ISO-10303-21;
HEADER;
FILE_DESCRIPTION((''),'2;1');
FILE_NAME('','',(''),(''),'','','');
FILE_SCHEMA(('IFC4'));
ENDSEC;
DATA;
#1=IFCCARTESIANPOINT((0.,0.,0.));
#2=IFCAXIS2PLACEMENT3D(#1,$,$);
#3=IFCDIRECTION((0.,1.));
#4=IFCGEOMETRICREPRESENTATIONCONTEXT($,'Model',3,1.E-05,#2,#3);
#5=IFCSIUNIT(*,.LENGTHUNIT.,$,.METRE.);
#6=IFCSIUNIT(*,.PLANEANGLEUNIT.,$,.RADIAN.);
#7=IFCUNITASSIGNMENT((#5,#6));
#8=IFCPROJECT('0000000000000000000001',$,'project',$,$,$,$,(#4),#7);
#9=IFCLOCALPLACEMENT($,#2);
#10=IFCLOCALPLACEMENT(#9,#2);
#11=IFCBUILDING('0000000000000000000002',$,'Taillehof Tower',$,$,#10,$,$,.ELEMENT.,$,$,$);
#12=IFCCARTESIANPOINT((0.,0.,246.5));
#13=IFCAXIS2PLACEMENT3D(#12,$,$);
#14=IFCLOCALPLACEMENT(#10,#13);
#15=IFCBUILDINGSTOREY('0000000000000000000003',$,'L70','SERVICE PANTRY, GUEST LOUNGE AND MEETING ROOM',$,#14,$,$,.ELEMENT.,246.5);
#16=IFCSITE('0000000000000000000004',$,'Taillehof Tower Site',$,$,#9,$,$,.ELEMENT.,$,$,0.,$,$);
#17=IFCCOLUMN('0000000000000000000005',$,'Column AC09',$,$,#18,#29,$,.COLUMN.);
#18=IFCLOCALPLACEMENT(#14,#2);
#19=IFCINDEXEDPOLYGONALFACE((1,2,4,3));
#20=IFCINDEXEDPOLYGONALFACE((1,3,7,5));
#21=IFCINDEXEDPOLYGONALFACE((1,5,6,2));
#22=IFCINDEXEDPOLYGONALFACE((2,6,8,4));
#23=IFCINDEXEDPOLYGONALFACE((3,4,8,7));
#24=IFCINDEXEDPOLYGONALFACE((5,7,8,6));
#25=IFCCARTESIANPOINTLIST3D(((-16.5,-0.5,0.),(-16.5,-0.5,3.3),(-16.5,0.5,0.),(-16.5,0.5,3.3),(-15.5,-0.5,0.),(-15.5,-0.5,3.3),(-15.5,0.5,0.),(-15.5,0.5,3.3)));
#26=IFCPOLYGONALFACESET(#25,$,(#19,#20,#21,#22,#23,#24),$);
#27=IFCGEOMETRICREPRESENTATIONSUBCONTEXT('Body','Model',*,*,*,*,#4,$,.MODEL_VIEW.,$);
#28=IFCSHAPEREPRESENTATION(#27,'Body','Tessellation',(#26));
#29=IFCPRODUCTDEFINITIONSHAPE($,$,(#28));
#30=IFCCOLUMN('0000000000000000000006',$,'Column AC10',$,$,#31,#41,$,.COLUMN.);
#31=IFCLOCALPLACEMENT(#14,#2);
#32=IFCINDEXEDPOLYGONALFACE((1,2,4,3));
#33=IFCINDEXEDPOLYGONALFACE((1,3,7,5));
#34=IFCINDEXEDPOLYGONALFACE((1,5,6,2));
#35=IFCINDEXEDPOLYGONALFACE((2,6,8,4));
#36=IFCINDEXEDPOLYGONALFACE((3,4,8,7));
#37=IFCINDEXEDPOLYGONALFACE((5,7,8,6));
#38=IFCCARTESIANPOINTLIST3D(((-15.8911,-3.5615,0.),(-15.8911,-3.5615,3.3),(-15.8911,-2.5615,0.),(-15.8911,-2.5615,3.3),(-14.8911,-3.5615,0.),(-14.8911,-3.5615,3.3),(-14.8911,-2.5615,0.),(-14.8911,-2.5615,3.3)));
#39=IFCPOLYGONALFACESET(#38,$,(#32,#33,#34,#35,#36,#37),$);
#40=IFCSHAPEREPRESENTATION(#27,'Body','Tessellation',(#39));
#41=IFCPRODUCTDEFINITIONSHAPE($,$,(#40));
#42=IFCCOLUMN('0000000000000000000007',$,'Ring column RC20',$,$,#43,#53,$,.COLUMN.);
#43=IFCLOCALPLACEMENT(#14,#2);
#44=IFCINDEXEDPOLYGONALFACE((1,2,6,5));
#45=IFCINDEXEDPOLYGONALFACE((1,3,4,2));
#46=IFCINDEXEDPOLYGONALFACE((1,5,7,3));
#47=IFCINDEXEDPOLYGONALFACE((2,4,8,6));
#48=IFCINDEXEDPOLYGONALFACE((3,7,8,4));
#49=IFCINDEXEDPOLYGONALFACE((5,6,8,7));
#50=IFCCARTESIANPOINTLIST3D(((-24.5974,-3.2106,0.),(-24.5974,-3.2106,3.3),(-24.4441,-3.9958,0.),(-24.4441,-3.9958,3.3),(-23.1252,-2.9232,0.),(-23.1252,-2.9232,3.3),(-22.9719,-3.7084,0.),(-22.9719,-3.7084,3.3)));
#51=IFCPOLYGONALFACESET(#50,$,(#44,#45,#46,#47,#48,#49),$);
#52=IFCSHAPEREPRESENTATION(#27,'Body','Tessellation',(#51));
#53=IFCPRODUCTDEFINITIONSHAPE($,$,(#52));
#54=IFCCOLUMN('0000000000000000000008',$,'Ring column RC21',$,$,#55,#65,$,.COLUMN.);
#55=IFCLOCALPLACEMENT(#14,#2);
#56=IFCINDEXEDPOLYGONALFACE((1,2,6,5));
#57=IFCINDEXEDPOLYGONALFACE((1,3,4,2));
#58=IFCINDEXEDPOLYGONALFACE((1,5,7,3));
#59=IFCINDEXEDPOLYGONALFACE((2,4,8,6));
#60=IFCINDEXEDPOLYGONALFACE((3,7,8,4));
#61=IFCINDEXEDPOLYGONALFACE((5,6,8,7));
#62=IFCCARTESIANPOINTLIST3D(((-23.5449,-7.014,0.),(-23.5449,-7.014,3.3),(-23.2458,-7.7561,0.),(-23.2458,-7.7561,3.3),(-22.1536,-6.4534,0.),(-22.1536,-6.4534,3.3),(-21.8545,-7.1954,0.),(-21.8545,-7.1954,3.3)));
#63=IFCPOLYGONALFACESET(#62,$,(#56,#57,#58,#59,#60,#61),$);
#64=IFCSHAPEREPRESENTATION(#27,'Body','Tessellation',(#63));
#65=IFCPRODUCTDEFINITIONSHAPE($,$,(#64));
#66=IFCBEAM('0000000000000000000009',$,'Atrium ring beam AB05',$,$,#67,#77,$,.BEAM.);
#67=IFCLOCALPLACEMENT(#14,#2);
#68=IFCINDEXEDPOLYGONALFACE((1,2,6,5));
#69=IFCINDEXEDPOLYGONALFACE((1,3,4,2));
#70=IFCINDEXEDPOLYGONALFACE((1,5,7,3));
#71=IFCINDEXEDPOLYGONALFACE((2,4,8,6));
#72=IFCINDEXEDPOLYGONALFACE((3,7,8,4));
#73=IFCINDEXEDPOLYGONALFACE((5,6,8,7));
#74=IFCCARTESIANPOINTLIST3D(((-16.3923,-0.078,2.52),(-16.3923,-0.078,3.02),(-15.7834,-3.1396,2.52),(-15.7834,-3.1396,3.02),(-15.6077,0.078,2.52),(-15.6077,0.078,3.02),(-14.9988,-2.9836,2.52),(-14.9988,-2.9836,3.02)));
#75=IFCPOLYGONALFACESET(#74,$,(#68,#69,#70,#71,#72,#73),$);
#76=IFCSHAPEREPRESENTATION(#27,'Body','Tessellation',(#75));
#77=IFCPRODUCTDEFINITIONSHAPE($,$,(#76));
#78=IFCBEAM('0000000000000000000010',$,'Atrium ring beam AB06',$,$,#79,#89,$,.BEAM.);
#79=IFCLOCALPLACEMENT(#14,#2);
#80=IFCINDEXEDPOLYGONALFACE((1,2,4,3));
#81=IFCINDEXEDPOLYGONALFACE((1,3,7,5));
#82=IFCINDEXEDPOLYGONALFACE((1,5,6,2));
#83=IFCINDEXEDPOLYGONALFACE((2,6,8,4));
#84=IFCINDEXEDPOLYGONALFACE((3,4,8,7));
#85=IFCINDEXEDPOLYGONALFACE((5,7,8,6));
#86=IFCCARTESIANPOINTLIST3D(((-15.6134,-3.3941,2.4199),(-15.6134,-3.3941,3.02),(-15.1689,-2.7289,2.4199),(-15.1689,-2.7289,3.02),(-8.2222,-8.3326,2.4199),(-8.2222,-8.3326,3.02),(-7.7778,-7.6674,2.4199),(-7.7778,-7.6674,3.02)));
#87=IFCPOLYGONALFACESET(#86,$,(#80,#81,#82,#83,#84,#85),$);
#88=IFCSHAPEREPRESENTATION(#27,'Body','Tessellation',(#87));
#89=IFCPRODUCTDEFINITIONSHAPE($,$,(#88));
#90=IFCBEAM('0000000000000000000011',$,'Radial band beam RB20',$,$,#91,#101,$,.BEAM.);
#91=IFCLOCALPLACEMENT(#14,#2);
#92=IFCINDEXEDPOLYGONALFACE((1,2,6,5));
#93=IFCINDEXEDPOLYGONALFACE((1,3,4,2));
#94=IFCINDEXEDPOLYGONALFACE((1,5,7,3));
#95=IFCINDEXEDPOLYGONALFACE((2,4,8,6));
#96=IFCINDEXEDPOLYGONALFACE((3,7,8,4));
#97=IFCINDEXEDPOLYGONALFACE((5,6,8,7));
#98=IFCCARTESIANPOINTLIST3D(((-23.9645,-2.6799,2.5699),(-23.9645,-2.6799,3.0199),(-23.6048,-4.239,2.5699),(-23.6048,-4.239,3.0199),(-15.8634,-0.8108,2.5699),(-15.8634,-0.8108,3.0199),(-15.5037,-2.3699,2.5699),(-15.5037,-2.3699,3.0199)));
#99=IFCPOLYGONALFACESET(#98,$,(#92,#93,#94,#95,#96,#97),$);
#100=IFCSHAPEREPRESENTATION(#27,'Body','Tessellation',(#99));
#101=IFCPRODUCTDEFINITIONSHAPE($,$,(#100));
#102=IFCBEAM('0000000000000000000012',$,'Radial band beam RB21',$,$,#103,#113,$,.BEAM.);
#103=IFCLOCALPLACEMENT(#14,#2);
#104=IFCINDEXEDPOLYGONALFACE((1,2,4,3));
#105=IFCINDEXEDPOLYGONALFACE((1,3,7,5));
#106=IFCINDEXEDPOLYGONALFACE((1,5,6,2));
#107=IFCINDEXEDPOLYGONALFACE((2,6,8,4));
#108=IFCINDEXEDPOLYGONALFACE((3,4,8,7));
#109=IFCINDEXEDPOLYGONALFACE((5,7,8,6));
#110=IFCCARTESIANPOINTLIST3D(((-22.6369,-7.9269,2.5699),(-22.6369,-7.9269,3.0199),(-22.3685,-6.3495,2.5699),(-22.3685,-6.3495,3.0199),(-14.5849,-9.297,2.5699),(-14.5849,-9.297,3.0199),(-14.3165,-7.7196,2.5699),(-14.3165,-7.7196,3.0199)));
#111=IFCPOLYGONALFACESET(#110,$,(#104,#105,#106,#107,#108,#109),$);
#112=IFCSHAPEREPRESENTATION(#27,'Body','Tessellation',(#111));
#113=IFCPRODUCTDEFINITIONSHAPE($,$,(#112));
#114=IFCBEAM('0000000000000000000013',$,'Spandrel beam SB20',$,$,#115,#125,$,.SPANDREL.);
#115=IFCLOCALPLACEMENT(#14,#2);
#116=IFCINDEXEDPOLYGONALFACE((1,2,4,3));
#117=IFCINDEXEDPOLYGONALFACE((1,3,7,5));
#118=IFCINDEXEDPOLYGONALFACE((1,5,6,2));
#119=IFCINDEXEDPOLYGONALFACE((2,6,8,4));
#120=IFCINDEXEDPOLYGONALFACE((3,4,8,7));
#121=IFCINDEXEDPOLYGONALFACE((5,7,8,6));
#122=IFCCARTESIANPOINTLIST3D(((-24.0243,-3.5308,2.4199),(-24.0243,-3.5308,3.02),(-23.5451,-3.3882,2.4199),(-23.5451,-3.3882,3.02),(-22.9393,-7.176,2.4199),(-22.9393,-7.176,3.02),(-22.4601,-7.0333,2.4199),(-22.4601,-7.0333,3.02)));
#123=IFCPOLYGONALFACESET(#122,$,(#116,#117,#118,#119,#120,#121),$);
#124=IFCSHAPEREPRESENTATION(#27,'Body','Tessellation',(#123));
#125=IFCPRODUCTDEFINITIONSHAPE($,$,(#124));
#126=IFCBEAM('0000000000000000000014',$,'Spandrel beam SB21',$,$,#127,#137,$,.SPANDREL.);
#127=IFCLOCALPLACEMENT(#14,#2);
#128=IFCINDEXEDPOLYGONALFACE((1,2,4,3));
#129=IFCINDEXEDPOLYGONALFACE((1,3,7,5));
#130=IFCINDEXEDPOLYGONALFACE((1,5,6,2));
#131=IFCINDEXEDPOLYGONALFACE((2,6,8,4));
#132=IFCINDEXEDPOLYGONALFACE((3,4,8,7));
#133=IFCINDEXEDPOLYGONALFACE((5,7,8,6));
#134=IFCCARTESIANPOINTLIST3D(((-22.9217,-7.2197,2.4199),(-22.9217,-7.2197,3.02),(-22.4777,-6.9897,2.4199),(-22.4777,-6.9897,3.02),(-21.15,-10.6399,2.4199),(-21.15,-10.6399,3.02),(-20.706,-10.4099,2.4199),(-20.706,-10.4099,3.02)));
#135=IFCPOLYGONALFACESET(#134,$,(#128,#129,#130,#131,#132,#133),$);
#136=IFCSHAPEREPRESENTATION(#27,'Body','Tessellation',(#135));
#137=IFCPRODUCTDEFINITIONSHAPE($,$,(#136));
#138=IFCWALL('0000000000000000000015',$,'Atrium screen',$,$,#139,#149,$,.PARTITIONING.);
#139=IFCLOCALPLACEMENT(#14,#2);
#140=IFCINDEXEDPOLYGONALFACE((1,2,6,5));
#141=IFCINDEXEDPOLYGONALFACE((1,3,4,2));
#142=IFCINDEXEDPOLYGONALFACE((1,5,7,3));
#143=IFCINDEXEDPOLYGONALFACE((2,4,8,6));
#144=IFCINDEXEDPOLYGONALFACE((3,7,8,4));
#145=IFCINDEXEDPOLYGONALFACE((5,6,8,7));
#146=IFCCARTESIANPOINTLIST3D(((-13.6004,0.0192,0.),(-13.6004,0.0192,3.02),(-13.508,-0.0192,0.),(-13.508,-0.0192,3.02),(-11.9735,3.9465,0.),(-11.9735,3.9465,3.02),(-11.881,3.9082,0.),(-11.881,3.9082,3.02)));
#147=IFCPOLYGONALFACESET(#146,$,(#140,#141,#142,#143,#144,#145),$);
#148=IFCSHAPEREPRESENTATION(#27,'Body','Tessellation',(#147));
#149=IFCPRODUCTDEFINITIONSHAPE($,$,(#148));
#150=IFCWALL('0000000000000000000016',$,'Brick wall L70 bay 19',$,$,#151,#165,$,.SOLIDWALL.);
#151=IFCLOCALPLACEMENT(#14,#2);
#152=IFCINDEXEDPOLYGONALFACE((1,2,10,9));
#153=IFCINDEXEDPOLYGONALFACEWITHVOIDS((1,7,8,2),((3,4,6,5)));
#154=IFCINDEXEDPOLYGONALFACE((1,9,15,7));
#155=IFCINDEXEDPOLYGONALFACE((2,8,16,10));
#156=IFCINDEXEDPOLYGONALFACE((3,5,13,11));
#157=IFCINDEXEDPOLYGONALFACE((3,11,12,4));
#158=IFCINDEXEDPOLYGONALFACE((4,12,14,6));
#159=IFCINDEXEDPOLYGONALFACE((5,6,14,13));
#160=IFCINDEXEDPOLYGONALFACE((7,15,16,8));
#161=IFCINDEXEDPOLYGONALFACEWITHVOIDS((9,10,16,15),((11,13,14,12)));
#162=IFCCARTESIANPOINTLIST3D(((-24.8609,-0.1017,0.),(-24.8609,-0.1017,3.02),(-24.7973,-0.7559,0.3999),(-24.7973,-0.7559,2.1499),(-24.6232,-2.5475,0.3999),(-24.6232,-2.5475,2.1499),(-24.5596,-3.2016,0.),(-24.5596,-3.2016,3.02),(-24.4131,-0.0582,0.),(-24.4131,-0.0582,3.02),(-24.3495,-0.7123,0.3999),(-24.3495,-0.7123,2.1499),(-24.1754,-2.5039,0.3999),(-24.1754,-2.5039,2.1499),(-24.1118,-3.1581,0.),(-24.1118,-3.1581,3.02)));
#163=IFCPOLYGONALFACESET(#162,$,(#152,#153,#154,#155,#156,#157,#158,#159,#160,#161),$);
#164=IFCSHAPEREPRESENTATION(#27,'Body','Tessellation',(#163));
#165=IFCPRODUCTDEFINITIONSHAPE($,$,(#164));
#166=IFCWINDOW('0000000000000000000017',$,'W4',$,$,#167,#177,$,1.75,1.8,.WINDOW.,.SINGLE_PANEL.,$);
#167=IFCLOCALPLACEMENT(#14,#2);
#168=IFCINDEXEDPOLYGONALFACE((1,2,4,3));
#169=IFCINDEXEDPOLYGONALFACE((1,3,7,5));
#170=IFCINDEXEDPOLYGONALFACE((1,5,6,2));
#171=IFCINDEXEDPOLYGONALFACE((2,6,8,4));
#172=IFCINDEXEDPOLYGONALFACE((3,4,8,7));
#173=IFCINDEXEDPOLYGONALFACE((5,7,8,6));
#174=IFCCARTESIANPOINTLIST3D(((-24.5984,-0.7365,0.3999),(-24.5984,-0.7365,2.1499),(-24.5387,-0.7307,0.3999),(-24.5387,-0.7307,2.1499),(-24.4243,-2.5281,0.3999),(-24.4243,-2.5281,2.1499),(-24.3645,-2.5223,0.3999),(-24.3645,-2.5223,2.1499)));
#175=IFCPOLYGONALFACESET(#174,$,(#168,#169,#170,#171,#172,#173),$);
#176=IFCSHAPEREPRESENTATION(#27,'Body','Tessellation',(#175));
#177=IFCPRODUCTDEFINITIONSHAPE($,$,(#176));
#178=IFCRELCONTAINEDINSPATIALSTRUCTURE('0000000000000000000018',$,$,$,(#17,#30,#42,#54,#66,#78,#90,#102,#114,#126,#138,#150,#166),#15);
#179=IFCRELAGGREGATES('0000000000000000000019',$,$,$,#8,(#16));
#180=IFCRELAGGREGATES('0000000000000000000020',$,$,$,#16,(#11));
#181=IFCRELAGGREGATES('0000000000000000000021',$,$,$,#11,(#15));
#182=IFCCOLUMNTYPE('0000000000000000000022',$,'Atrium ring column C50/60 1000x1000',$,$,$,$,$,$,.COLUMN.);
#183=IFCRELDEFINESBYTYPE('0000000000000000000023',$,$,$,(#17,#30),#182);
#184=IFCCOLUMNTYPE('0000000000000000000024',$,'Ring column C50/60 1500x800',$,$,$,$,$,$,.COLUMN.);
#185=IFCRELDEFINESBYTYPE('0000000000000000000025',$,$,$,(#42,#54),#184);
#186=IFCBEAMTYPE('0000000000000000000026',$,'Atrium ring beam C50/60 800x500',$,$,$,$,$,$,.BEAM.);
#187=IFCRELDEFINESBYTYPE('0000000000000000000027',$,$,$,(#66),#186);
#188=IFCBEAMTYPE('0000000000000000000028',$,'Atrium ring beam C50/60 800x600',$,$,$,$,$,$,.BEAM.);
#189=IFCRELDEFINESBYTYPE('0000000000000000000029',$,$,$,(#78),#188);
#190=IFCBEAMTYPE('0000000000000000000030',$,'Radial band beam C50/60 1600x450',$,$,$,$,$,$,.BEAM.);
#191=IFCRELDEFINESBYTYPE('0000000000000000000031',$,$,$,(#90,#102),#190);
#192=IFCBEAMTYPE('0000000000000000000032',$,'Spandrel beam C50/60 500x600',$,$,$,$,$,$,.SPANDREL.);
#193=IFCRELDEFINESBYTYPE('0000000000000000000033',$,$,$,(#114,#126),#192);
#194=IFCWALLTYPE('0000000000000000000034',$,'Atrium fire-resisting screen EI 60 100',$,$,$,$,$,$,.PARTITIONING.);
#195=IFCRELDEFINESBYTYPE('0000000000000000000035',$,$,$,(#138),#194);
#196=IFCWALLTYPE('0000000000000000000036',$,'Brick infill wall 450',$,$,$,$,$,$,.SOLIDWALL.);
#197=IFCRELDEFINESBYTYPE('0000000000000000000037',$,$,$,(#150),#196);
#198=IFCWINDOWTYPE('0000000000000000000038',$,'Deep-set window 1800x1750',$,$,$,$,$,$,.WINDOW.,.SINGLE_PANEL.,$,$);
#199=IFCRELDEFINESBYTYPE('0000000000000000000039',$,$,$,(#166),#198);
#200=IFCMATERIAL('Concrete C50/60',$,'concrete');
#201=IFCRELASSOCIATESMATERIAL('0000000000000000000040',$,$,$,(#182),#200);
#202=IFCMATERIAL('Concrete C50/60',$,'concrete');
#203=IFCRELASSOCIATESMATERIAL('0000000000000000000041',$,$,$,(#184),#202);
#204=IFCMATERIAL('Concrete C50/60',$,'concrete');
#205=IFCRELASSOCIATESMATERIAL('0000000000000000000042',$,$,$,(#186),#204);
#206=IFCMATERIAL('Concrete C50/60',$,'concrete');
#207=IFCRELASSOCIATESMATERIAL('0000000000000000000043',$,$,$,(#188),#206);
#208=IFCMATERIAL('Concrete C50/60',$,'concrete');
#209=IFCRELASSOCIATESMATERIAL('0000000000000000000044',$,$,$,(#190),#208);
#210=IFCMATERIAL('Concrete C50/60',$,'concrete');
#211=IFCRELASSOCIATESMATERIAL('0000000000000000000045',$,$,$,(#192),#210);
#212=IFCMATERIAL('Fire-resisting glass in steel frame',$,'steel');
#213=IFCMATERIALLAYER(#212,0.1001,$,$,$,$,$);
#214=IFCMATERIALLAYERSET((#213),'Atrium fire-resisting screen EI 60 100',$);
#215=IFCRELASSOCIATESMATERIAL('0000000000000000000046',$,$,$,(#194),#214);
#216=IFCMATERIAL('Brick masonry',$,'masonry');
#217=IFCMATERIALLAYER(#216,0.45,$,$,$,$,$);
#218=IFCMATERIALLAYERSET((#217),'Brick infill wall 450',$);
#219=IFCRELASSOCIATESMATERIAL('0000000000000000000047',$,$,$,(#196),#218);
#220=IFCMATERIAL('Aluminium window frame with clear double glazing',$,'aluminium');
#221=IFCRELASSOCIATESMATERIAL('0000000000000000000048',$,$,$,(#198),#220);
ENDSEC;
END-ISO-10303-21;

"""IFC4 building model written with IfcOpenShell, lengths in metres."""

from ifc_helpers import new_model, si_unit, direction, frame, frame_2d, origin, origin_2d, place, context, subcontext, project, spatial, rectangle, extrude, material, layer, layer_set, material_profile, profile_set, type_object, element, fill, save


model = new_model("IFC4")

# Units and contexts
model_context = context("Model", 3, precision=1e-05, world=origin(), true_north=direction((0.0, 1.0)))
body_context = subcontext(model_context, "Body", "Model", "MODEL_VIEW")
ifc_project = project(units=[si_unit("LENGTHUNIT", "METRE"), si_unit("PLANEANGLEUNIT", "RADIAN")], contexts=[model_context])

# Site, building, storey
site_placement = place(None, origin())
site = spatial("IfcSite", under=ifc_project, at=site_placement, Name="Taillehof Tower Site", CompositionType="ELEMENT", RefElevation=0.0)
building_placement = place(site_placement, origin())
building = spatial("IfcBuilding", under=site, at=building_placement, Name="Taillehof Tower", CompositionType="ELEMENT")
storey_placement = place(building_placement, frame((0.0, 0.0, 246.5)))
storey = spatial("IfcBuildingStorey", under=building, at=storey_placement, Name="L70", Description="SERVICE PANTRY, GUEST LOUNGE AND MEETING ROOM", CompositionType="ELEMENT", Elevation=246.5)

# Columns
ifc_material_1 = material(Name="Concrete C50/60", Category="concrete")
ifc_material_profile_1 = material_profile(ifc_material_1, rectangle(XDim=1.0, YDim=1.0, at=origin_2d()), Name="RC 1000x1000")
ifc_profile_set_1 = profile_set([ifc_material_profile_1], Name="Concrete C50/60")
column_type_1 = type_object("IfcColumnType", Name="Atrium ring column C50/60 1000x1000", PredefinedType="COLUMN", material=ifc_profile_set_1)
for number, where, z_axis, x_axis, name in (
    (1, (-16.0, 0.0, 0.0), (0.0, 0.0, 1.0), (1.0, 0.0, 0.0), "Column AC09"),
    (2, (-15.3911, -3.0615, 0.0), (0.0, 0.0, 1.0), (1.0, 0.0, 0.0), "Column AC10"),
):
    element("IfcColumn", number, at=place(storey_placement, frame(where, z_axis=z_axis, x_axis=x_axis)), inside=storey, type_object=column_type_1, Name=name, PredefinedType="COLUMN", context=body_context, shape_type="SweptSolid", body=[
        extrude(rectangle(XDim=1.0, YDim=1.0, at=origin_2d()), origin(), (0.0, 0.0, 1.0), 3.3),
    ])
ifc_material_2 = material(Name="Concrete C50/60", Category="concrete")
ifc_material_profile_2 = material_profile(ifc_material_2, rectangle(XDim=1.5, YDim=0.8, at=origin_2d()), Name="RC 1500x800")
ifc_profile_set_2 = profile_set([ifc_material_profile_2], Name="Concrete C50/60")
column_type_2 = type_object("IfcColumnType", Name="Ring column C50/60 1500x800", PredefinedType="COLUMN", material=ifc_profile_set_2)
for number, where, z_axis, x_axis, name in (
    (3, (-23.7847, -3.4595, 0.0), (0.0, 0.0, 1.0), (-0.981473, -0.191602, 0.0), "Ring column RC20"),
    (4, (-22.6997, -7.1047, 0.0), (0.0, 0.0, 1.0), (-0.927525, -0.373762, 0.0), "Ring column RC21"),
):
    element("IfcColumn", number, at=place(storey_placement, frame(where, z_axis=z_axis, x_axis=x_axis)), inside=storey, type_object=column_type_2, Name=name, PredefinedType="COLUMN", context=body_context, shape_type="SweptSolid", body=[
        extrude(rectangle(XDim=1.5, YDim=0.8, at=origin_2d()), origin(), (0.0, 0.0, 1.0), 3.3),
    ])

# Beams
ifc_material_3 = material(Name="Concrete C50/60", Category="concrete")
ifc_material_profile_3 = material_profile(ifc_material_3, rectangle(XDim=0.8, YDim=0.5, at=origin_2d()), Name="RC 800x500")
ifc_profile_set_3 = profile_set([ifc_material_profile_3], Name="Concrete C50/60")
beam_type_1 = type_object("IfcBeamType", Name="Atrium ring beam C50/60 800x500", PredefinedType="BEAM", material=ifc_profile_set_3)
beam_1_placement = place(storey_placement, frame((-16.0, 0.0, 2.77), z_axis=(0.195063, -0.980791, 0.0), x_axis=(0.980791, 0.195063, 0.0)))
element("IfcBeam", 5, at=beam_1_placement, inside=storey, type_object=beam_type_1, Name="Atrium ring beam AB05", PredefinedType="BEAM", context=body_context, shape_type="SweptSolid", body=[
    extrude(rectangle(XDim=0.8, YDim=0.5, at=origin_2d()), origin(), (0.0, 0.0, 1.0), 3.1216),
])
ifc_material_4 = material(Name="Concrete C50/60", Category="concrete")
ifc_material_profile_4 = material_profile(ifc_material_4, rectangle(XDim=0.8, YDim=0.6001, at=origin_2d()), Name="RC 800x600")
ifc_profile_set_4 = profile_set([ifc_material_profile_4], Name="Concrete C50/60")
beam_type_2 = type_object("IfcBeamType", Name="Atrium ring beam C50/60 800x600", PredefinedType="BEAM", material=ifc_profile_set_4)
beam_2_placement = place(storey_placement, frame((-15.3911, -3.0615, 2.72), z_axis=(0.831475, -0.555562, 0.0), x_axis=(0.555562, 0.831475, 0.0)))
element("IfcBeam", 6, at=beam_2_placement, inside=storey, type_object=beam_type_2, Name="Atrium ring beam AB06", PredefinedType="BEAM", context=body_context, shape_type="SweptSolid", body=[
    extrude(rectangle(XDim=0.8, YDim=0.6001, at=origin_2d()), origin(), (0.0, 0.0, 1.0), 8.8892),
])
ifc_material_5 = material(Name="Concrete C50/60", Category="concrete")
ifc_material_profile_5 = material_profile(ifc_material_5, rectangle(XDim=1.6001, YDim=0.45, at=origin_2d()), Name="RC 1600x450")
ifc_profile_set_5 = profile_set([ifc_material_profile_5], Name="Concrete C50/60")
beam_type_3 = type_object("IfcBeamType", Name="Radial band beam C50/60 1600x450", PredefinedType="BEAM", material=ifc_profile_set_5)
beam_3_placement = place(storey_placement, frame((-23.7847, -3.4595, 2.7949), z_axis=(0.9744, 0.224821, 0.0), x_axis=(-0.224821, 0.9744, 0.0)))
element("IfcBeam", 7, at=beam_3_placement, inside=storey, type_object=beam_type_3, Name="Radial band beam RB20", PredefinedType="BEAM", context=body_context, shape_type="SweptSolid", body=[
    extrude(rectangle(XDim=1.6001, YDim=0.45, at=origin_2d()), origin(), (0.0, 0.0, 1.0), 8.314),
])
beam_4_placement = place(storey_placement, frame((-22.5027, -7.1382, 2.7949), z_axis=(0.98583, -0.167747, 0.0), x_axis=(0.167747, 0.98583, 0.0)))
element("IfcBeam", 8, at=beam_4_placement, inside=storey, type_object=beam_type_3, Name="Radial band beam RB21", PredefinedType="BEAM", context=body_context, shape_type="SweptSolid", body=[
    extrude(rectangle(XDim=1.6001, YDim=0.45, at=origin_2d()), origin(), (0.0, 0.0, 1.0), 8.1677),
])
ifc_material_6 = material(Name="Concrete C50/60", Category="concrete")
ifc_material_profile_6 = material_profile(ifc_material_6, rectangle(XDim=0.5, YDim=0.6001, at=origin_2d()), Name="RC 500x600")
ifc_profile_set_6 = profile_set([ifc_material_profile_6], Name="Concrete C50/60")
beam_type_4 = type_object("IfcBeamType", Name="Spandrel beam C50/60 500x600", PredefinedType="SPANDREL", material=ifc_profile_set_6)
beam_5_placement = place(storey_placement, frame((-23.7847, -3.4595, 2.72), z_axis=(0.285268, -0.958448, 0.0), x_axis=(0.958448, 0.285268, 0.0)))
element("IfcBeam", 9, at=beam_5_placement, inside=storey, type_object=beam_type_4, Name="Spandrel beam SB20", PredefinedType="SPANDREL", context=body_context, shape_type="SweptSolid", body=[
    extrude(rectangle(XDim=0.5, YDim=0.6001, at=origin_2d()), origin(), (0.0, 0.0, 1.0), 3.8032),
])
beam_6_placement = place(storey_placement, frame((-22.6997, -7.1047, 2.72), z_axis=(0.459971, -0.887934, 0.0), x_axis=(0.887934, 0.459971, 0.0)))
element("IfcBeam", 10, at=beam_6_placement, inside=storey, type_object=beam_type_4, Name="Spandrel beam SB21", PredefinedType="SPANDREL", context=body_context, shape_type="SweptSolid", body=[
    extrude(rectangle(XDim=0.5, YDim=0.6001, at=origin_2d()), origin(), (0.0, 0.0, 1.0), 3.8518),
])

# Wall
ifc_material_7 = material(Name="Fire-resisting glass in steel frame", Category="steel")
ifc_layer_1 = layer(ifc_material_7, 0.1001)
ifc_layer_set_1 = layer_set([ifc_layer_1], Name="Atrium fire-resisting screen EI 60 100")
wall_type_1 = type_object("IfcWallType", Name="Atrium fire-resisting screen EI 60 100", PredefinedType="PARTITIONING", material=ifc_layer_set_1)
wall_1_placement = place(storey_placement, frame((-13.5542, 0.0, 0.0), z_axis=(0.0, 0.0, 1.0), x_axis=(0.382731, 0.92386, 0.0)))
element("IfcWall", 11, at=wall_1_placement, inside=storey, type_object=wall_type_1, Name="Atrium screen", PredefinedType="PARTITIONING", context=body_context, shape_type="SweptSolid", body=[
    extrude(rectangle(XDim=4.251, YDim=0.1001, at=frame_2d((2.1255, 0.0))), origin(), (0.0, 0.0, 1.0), 3.02),
])

# Wall, opening, window
ifc_material_8 = material(Name="Brick masonry", Category="masonry")
ifc_layer_2 = layer(ifc_material_8, 0.45)
ifc_layer_set_2 = layer_set([ifc_layer_2], Name="Brick infill wall 450")
wall_type_2 = type_object("IfcWallType", Name="Brick infill wall 450", PredefinedType="SOLIDWALL", material=ifc_layer_set_2)
wall_2_placement = place(storey_placement, frame((-24.637, -0.0801, 0.0), z_axis=(0.0, 0.0, 1.0), x_axis=(0.096733, -0.99531, 0.0)))
wall_2 = element("IfcWall", 12, at=wall_2_placement, inside=storey, type_object=wall_type_2, Name="Brick wall L70 bay 19", PredefinedType="SOLIDWALL", context=body_context, shape_type="SweptSolid", body=[
    extrude(rectangle(XDim=3.1145, YDim=0.45, at=frame_2d((1.5571, 0.0))), origin(), (0.0, 0.0, 1.0), 3.02),
])
opening_1_placement = place(wall_2_placement, frame((0.6572, 0.0, 0.3999)))
opening_1 = element("IfcOpeningElement", 13, at=opening_1_placement, cuts=wall_2, PredefinedType="OPENING", context=body_context, shape_type="SweptSolid", body=[
    extrude(rectangle(XDim=1.8, YDim=1.75, at=frame_2d((0.8999, 0.875))), frame((0.0, 0.2349, 0.0), z_axis=(0.0, -1.0, 0.0), x_axis=(1.0, 0.0, 0.0)), (0.0, 0.0, 1.0), 0.47),
])
ifc_material_9 = material(Name="Aluminium window frame with clear double glazing", Category="aluminium")
window_type = type_object("IfcWindowType", Name="Deep-set window 1800x1750", PartitioningType="SINGLE_PANEL", PredefinedType="WINDOW", material=ifc_material_9)
window_1_placement = place(opening_1_placement, origin())
window_1 = element("IfcWindow", 14, at=window_1_placement, inside=storey, type_object=window_type, Name="W4", OverallHeight=1.75, OverallWidth=1.8, PartitioningType="SINGLE_PANEL", PredefinedType="WINDOW", context=body_context, shape_type="SweptSolid", body=[
    extrude(rectangle(XDim=1.8, YDim=1.75, at=frame_2d((0.8999, 0.875))), frame((0.0, 0.0349, 0.0), z_axis=(0.0, -1.0, 0.0), x_axis=(1.0, 0.0, 0.0)), (0.0, 0.0, 1.0), 0.0601),
])
fill(opening_1, window_1)

save(model, "model.ifc")
